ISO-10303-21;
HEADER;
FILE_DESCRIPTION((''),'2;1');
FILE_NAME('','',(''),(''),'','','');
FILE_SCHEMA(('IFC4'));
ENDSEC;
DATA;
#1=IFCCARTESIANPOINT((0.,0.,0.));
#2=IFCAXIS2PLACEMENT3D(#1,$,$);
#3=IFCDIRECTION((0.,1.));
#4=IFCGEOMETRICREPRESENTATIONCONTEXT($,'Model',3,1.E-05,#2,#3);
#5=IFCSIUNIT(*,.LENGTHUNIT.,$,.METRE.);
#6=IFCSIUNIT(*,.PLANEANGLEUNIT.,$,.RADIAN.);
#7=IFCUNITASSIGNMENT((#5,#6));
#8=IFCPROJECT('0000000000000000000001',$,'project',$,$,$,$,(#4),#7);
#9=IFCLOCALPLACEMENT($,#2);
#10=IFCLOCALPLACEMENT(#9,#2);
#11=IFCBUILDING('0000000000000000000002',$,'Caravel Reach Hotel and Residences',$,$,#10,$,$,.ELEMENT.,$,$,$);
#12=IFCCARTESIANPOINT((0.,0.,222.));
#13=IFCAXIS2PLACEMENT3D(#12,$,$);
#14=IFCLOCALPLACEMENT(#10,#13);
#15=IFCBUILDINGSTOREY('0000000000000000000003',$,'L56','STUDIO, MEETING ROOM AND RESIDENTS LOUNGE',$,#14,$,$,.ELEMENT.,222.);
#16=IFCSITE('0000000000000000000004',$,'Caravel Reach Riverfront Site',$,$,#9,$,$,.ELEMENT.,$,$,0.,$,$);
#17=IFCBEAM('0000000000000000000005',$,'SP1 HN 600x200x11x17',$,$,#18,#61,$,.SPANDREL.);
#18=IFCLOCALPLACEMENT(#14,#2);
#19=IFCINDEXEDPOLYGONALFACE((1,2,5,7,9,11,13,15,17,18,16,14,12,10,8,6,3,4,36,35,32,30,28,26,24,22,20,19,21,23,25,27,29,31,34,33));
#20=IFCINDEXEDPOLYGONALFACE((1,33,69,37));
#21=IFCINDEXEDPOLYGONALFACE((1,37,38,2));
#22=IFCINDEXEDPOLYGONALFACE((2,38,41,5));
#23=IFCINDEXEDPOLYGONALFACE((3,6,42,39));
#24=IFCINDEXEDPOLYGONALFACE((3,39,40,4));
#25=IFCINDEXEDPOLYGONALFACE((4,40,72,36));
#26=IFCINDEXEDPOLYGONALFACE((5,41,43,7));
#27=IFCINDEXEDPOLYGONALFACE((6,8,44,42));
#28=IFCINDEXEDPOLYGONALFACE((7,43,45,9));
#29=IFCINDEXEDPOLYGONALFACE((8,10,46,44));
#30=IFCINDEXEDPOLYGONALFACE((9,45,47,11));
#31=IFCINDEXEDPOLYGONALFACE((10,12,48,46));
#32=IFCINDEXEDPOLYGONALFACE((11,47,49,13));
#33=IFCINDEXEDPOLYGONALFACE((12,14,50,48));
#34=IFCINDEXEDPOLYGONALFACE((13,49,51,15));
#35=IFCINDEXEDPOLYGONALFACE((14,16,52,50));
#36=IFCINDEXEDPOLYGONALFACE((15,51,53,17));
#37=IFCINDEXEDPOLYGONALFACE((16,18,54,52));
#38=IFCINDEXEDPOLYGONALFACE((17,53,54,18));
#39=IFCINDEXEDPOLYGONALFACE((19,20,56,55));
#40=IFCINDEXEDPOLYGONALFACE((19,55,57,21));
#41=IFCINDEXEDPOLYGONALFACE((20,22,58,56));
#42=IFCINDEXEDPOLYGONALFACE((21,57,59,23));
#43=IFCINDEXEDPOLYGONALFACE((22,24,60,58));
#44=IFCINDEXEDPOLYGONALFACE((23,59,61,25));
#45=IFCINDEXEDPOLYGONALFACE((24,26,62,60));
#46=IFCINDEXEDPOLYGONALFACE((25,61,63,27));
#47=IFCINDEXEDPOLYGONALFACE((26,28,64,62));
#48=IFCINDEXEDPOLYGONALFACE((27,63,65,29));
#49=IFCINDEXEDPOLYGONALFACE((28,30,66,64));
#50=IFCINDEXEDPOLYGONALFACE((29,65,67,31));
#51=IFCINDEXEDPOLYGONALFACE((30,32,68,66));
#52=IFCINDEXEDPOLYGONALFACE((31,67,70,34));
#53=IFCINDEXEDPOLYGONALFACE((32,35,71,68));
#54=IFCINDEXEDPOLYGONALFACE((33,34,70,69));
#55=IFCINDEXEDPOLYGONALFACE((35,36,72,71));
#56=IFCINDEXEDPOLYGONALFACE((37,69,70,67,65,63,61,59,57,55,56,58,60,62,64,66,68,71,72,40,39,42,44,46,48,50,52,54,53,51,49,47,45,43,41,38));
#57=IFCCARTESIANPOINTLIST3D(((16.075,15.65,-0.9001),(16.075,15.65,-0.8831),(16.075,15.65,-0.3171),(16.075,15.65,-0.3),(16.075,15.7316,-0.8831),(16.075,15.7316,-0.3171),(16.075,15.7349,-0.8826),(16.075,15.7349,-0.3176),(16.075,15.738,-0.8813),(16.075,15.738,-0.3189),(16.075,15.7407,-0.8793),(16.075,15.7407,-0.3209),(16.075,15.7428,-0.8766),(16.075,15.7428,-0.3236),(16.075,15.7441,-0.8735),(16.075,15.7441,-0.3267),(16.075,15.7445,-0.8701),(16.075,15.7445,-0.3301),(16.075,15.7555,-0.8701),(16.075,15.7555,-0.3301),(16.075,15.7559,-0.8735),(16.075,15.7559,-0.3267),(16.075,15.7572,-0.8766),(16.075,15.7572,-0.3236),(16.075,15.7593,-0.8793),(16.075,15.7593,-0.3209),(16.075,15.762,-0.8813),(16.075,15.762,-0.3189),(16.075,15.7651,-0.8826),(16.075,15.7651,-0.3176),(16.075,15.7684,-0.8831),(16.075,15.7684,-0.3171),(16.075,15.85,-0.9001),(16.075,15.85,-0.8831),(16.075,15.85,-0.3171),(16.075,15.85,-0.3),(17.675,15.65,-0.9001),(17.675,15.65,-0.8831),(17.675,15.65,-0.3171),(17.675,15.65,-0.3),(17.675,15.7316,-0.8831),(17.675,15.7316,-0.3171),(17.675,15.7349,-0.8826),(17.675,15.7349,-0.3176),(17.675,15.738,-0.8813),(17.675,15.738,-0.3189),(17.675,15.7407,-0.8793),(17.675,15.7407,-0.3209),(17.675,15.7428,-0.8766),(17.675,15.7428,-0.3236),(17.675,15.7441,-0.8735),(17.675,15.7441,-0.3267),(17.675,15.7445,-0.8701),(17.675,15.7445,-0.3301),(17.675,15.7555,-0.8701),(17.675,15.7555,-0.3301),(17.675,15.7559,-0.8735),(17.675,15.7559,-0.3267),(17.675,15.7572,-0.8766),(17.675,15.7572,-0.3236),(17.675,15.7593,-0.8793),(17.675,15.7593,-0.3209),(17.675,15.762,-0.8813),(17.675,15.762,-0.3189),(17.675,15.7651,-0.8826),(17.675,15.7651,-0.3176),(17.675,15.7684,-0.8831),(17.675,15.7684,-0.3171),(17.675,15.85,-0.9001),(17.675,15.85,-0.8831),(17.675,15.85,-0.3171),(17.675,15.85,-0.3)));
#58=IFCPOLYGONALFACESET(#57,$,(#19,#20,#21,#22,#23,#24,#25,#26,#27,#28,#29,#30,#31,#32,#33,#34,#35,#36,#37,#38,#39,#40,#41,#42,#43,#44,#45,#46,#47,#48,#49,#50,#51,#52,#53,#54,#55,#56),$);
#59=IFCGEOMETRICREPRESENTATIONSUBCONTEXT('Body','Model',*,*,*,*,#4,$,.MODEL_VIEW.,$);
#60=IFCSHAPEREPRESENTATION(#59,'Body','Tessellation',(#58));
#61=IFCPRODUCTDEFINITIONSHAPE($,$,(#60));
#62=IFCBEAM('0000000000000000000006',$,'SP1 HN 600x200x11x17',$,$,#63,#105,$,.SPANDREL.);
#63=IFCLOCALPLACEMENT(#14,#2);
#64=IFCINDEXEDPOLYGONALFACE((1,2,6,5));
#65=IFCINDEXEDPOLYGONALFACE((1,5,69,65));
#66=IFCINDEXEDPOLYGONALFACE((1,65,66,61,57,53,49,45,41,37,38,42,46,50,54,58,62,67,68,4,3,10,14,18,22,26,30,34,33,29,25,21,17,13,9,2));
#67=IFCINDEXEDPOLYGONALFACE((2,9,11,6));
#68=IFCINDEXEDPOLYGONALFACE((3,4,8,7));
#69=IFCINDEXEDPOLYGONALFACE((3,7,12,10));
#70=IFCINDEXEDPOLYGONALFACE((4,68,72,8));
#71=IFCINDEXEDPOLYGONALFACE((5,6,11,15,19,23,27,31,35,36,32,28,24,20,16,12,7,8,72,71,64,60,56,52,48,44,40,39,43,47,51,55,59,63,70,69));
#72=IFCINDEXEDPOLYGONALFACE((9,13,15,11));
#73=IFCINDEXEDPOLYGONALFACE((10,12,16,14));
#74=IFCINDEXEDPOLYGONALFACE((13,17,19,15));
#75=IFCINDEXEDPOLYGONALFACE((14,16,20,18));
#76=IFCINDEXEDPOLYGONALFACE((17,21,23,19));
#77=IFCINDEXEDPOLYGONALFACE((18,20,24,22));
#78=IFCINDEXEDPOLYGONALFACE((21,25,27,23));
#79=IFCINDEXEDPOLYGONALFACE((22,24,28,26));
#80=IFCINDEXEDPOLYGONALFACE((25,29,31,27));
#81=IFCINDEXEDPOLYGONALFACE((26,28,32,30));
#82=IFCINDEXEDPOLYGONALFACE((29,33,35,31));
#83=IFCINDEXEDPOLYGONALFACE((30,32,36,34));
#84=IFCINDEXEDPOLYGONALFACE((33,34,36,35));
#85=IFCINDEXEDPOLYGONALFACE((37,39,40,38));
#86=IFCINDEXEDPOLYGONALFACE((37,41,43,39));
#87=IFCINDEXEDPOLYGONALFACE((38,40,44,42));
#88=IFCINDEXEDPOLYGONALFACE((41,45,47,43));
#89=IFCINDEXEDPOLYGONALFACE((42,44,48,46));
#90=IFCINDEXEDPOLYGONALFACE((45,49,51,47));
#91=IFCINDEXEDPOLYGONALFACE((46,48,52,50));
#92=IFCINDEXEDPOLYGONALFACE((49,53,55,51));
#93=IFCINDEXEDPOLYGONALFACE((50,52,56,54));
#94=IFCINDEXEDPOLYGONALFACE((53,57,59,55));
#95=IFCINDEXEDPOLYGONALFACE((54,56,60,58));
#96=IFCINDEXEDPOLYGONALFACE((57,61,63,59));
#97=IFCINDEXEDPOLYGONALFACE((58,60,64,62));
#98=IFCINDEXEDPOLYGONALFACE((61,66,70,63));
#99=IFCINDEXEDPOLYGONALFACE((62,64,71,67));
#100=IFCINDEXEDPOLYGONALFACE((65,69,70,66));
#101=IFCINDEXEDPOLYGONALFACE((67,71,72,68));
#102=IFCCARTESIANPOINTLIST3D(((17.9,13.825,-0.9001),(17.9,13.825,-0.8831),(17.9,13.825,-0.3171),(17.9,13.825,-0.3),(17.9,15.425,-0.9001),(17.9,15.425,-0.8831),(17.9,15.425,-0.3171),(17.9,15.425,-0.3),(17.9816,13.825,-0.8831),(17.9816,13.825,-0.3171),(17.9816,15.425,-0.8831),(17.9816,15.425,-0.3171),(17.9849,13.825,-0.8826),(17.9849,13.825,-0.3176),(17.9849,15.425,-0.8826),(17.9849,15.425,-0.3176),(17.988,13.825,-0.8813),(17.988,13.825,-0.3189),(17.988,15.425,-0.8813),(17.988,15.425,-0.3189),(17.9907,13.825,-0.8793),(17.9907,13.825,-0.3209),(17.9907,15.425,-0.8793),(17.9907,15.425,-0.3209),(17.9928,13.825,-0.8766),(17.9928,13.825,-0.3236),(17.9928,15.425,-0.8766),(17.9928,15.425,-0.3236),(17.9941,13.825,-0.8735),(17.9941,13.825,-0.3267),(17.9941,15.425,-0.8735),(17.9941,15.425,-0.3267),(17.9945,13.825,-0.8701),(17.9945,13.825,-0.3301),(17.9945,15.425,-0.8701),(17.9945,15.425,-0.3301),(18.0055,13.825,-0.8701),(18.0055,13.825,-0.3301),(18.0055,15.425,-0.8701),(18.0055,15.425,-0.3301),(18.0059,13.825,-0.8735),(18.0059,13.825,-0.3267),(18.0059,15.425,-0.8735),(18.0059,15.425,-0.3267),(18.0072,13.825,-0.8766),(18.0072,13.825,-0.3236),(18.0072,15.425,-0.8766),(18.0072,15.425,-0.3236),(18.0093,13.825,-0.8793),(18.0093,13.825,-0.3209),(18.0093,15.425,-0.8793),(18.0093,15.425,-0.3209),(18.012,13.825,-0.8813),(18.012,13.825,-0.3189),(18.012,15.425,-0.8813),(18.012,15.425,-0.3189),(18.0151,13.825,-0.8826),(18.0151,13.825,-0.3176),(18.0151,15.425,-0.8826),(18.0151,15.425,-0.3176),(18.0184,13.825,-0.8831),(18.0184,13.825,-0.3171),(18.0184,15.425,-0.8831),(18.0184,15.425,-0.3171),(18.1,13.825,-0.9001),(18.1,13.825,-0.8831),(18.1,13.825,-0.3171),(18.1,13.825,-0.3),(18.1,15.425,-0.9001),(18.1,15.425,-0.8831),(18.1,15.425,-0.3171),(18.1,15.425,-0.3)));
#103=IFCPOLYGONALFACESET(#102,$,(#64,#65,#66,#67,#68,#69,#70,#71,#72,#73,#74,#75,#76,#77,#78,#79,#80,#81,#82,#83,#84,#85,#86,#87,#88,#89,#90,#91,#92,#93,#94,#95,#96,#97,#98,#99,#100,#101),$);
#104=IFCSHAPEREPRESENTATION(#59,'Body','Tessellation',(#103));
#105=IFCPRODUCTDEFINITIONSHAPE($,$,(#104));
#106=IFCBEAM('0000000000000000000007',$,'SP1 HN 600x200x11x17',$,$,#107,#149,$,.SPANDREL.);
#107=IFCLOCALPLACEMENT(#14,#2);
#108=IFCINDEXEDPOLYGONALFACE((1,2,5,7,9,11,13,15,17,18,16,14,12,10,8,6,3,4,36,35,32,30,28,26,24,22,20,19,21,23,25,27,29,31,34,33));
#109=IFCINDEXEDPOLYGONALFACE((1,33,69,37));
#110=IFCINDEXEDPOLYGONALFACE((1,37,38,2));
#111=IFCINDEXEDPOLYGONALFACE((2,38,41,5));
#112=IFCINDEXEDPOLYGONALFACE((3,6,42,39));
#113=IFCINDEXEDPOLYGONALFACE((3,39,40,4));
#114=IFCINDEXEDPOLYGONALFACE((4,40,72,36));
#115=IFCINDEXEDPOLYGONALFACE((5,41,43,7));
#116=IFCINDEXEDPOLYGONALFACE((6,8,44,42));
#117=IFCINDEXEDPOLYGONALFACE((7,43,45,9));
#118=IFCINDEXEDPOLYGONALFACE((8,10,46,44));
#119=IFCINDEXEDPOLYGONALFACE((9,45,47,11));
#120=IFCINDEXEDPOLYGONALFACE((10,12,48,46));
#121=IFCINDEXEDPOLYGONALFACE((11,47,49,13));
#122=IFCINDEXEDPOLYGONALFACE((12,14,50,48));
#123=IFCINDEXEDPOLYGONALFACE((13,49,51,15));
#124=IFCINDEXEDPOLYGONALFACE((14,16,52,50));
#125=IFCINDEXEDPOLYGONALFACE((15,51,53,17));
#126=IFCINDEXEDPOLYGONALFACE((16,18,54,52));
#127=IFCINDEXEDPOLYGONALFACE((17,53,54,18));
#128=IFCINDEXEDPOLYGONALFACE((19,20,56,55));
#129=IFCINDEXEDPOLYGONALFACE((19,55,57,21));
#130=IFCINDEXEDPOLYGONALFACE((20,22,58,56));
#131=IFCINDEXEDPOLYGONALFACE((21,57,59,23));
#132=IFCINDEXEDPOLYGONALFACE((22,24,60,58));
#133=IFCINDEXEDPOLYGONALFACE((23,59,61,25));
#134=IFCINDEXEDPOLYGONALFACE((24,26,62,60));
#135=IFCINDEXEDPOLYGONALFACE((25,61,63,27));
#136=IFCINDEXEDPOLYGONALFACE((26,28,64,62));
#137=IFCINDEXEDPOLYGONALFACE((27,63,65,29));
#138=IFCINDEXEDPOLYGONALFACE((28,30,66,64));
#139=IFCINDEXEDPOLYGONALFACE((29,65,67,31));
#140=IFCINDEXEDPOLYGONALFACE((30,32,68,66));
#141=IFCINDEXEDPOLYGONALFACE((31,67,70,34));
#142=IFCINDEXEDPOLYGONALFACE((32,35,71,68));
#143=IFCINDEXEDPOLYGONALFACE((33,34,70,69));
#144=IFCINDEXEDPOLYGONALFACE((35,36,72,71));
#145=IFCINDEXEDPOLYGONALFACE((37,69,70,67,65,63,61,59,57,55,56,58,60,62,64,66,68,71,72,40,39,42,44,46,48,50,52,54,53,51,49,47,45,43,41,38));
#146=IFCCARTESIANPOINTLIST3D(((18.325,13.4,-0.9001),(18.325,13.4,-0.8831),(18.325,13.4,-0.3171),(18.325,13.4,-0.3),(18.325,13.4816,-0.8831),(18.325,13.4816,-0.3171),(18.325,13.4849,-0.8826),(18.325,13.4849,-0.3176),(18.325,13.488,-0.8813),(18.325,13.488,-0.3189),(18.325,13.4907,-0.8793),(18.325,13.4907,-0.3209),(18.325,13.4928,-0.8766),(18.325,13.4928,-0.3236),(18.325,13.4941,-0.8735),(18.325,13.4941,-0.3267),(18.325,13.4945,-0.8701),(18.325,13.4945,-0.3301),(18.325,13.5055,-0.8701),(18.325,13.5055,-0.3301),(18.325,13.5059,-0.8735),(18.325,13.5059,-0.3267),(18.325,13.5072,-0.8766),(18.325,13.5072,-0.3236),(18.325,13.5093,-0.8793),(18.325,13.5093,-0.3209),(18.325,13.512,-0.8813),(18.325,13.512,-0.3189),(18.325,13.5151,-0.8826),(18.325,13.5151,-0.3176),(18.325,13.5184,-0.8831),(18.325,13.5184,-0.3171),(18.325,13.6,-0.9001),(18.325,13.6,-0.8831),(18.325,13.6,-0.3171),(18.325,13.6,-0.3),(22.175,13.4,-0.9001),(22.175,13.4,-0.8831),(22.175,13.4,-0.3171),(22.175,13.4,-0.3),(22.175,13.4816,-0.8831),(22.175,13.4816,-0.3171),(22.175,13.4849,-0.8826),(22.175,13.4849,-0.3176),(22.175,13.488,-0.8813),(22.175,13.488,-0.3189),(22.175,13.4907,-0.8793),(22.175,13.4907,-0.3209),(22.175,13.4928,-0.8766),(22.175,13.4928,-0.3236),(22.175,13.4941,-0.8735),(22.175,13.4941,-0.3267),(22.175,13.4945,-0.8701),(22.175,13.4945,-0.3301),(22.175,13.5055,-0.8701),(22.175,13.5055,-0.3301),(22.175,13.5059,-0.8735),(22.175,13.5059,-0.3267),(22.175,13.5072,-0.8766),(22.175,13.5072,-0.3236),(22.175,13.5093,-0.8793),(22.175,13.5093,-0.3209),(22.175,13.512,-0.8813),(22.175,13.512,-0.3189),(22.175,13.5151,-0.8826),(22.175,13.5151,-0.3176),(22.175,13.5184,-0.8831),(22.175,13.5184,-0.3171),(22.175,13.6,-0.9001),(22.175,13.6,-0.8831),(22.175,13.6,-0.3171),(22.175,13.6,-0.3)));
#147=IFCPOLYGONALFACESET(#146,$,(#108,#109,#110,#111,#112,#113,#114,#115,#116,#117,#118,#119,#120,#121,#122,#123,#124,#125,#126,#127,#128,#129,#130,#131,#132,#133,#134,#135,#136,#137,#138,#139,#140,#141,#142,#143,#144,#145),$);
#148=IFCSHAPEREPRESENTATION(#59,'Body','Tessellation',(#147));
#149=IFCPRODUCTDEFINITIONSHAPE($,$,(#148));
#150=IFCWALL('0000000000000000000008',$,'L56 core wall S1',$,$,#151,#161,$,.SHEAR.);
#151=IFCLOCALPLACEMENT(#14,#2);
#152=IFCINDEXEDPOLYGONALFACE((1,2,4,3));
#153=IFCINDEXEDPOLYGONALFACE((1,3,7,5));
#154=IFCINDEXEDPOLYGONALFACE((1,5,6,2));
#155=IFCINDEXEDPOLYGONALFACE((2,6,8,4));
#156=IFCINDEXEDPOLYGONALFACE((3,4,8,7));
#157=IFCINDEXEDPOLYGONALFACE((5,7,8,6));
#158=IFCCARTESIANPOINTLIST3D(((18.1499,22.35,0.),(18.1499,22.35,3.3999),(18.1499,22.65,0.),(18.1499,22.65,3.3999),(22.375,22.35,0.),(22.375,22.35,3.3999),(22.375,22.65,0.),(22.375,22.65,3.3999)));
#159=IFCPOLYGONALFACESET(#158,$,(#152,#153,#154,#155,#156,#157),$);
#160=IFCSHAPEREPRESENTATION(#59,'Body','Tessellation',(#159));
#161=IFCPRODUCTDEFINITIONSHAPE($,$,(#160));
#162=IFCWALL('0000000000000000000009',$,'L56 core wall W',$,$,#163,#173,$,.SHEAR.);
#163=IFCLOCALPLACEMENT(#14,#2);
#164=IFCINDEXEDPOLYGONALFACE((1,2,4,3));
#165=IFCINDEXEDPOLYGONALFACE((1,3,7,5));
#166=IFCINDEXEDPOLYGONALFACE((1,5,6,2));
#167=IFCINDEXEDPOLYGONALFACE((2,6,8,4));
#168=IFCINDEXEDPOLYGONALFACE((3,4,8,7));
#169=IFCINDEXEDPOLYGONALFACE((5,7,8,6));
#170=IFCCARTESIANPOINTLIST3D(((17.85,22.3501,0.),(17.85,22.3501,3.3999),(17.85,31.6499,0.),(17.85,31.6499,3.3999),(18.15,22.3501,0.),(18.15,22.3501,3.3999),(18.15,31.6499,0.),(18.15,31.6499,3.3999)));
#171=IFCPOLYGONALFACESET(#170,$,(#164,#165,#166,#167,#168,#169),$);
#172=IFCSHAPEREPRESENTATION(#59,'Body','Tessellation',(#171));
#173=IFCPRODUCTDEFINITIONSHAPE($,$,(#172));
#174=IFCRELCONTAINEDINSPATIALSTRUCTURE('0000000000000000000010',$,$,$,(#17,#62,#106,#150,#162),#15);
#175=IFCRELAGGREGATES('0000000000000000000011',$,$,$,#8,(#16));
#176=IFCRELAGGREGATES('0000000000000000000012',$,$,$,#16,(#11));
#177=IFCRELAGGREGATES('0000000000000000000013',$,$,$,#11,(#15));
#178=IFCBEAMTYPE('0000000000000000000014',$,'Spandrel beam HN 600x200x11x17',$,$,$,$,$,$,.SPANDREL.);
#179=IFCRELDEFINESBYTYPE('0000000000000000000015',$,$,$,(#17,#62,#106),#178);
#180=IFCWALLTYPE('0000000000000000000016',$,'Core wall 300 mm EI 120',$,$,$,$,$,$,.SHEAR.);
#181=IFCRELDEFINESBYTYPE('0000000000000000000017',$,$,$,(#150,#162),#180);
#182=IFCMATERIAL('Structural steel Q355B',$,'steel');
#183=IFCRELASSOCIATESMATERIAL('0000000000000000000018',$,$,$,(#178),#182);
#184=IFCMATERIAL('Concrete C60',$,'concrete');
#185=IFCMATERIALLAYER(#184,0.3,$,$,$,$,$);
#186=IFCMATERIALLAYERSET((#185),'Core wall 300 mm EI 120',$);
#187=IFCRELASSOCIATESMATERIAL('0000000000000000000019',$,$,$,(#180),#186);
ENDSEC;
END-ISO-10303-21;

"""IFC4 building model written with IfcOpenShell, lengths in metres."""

from ifc_helpers import new_model, si_unit, direction, frame, frame_2d, origin, origin_2d, place, context, subcontext, project, spatial, rectangle, i_section, extrude, material, layer, layer_set, material_profile, profile_set, type_object, element, save


model = new_model("IFC4")

# Units and contexts
model_context = context("Model", 3, precision=1e-05, world=origin(), true_north=direction((0.0, 1.0)))
body_context = subcontext(model_context, "Body", "Model", "MODEL_VIEW")
ifc_project = project(units=[si_unit("LENGTHUNIT", "METRE"), si_unit("PLANEANGLEUNIT", "RADIAN")], contexts=[model_context])

# Site, building, storey
site_placement = place(None, origin())
site = spatial("IfcSite", under=ifc_project, at=site_placement, Name="Caravel Reach Riverfront Site", CompositionType="ELEMENT", RefElevation=0.0)
building_placement = place(site_placement, origin())
building = spatial("IfcBuilding", under=site, at=building_placement, Name="Caravel Reach Hotel and Residences", CompositionType="ELEMENT")
storey_placement = place(building_placement, frame((0.0, 0.0, 222.0)))
storey = spatial("IfcBuildingStorey", under=building, at=storey_placement, Name="L56", Description="STUDIO, MEETING ROOM AND RESIDENTS LOUNGE", CompositionType="ELEMENT", Elevation=222.0)

# Beams
ifc_material_1 = material(Name="Structural steel Q355B", Category="steel")
ifc_material_profile_1 = material_profile(ifc_material_1, i_section(OverallWidth=0.2, OverallDepth=0.6001, WebThickness=0.011, FlangeThickness=0.0171, FilletRadius=0.0129, at=origin_2d()), Name="HN 600x200x11x17")
ifc_profile_set_1 = profile_set([ifc_material_profile_1], Name="Structural steel Q355B")
beam_type_1 = type_object("IfcBeamType", Name="Spandrel beam HN 600x200x11x17", PredefinedType="SPANDREL", material=ifc_profile_set_1)
for number, where, z_axis, x_axis, name in (
    (1, (16.075, 15.75, -0.6001), (1.0, 0.0, 0.0), (0.0, 1.0, 0.0), "SP1 HN 600x200x11x17"),
    (2, (18.0, 15.425, -0.6001), (0.0, -1.0, 0.0), (1.0, 0.0, 0.0), "SP1 HN 600x200x11x17"),
):
    element("IfcBeam", number, at=place(storey_placement, frame(where, z_axis=z_axis, x_axis=x_axis)), inside=storey, type_object=beam_type_1, Name=name, PredefinedType="SPANDREL", context=body_context, shape_type="SweptSolid", body=[
        extrude(i_section(OverallWidth=0.2, OverallDepth=0.6001, WebThickness=0.011, FlangeThickness=0.0171, FilletRadius=0.0129, at=origin_2d()), origin(), (0.0, 0.0, 1.0), 1.6001),
    ])
beam_1_placement = place(storey_placement, frame((18.325, 13.5, -0.6001), z_axis=(1.0, 0.0, 0.0), x_axis=(0.0, 1.0, 0.0)))
element("IfcBeam", 3, at=beam_1_placement, inside=storey, type_object=beam_type_1, Name="SP1 HN 600x200x11x17", PredefinedType="SPANDREL", context=body_context, shape_type="SweptSolid", body=[
    extrude(i_section(OverallWidth=0.2, OverallDepth=0.6001, WebThickness=0.011, FlangeThickness=0.0171, FilletRadius=0.0129, at=origin_2d()), origin(), (0.0, 0.0, 1.0), 3.8501),
])

# Walls
ifc_material_2 = material(Name="Concrete C60", Category="concrete")
ifc_layer_1 = layer(ifc_material_2, 0.3)
ifc_layer_set_1 = layer_set([ifc_layer_1], Name="Core wall 300 mm EI 120")
wall_type_1 = type_object("IfcWallType", Name="Core wall 300 mm EI 120", PredefinedType="SHEAR", material=ifc_layer_set_1)
wall_1_placement = place(storey_placement, frame((18.1499, 22.5, 0.0), z_axis=(0.0, 0.0, 1.0), x_axis=(1.0, 0.0, 0.0)))
element("IfcWall", 4, at=wall_1_placement, inside=storey, type_object=wall_type_1, Name="L56 core wall S1", PredefinedType="SHEAR", context=body_context, shape_type="SweptSolid", body=[
    extrude(rectangle(XDim=4.2251, YDim=0.3, at=frame_2d((2.1125, 0.0))), origin(), (0.0, 0.0, 1.0), 3.3999),
])
wall_2_placement = place(storey_placement, frame((18.0, 22.3501, 0.0), z_axis=(0.0, 0.0, 1.0), x_axis=(0.0, 1.0, 0.0)))
element("IfcWall", 5, at=wall_2_placement, inside=storey, type_object=wall_type_1, Name="L56 core wall W", PredefinedType="SHEAR", context=body_context, shape_type="SweptSolid", body=[
    extrude(rectangle(XDim=9.2998, YDim=0.3, at=frame_2d((4.6499, 0.0))), origin(), (0.0, 0.0, 1.0), 3.3999),
])

save(model, "model.ifc")
